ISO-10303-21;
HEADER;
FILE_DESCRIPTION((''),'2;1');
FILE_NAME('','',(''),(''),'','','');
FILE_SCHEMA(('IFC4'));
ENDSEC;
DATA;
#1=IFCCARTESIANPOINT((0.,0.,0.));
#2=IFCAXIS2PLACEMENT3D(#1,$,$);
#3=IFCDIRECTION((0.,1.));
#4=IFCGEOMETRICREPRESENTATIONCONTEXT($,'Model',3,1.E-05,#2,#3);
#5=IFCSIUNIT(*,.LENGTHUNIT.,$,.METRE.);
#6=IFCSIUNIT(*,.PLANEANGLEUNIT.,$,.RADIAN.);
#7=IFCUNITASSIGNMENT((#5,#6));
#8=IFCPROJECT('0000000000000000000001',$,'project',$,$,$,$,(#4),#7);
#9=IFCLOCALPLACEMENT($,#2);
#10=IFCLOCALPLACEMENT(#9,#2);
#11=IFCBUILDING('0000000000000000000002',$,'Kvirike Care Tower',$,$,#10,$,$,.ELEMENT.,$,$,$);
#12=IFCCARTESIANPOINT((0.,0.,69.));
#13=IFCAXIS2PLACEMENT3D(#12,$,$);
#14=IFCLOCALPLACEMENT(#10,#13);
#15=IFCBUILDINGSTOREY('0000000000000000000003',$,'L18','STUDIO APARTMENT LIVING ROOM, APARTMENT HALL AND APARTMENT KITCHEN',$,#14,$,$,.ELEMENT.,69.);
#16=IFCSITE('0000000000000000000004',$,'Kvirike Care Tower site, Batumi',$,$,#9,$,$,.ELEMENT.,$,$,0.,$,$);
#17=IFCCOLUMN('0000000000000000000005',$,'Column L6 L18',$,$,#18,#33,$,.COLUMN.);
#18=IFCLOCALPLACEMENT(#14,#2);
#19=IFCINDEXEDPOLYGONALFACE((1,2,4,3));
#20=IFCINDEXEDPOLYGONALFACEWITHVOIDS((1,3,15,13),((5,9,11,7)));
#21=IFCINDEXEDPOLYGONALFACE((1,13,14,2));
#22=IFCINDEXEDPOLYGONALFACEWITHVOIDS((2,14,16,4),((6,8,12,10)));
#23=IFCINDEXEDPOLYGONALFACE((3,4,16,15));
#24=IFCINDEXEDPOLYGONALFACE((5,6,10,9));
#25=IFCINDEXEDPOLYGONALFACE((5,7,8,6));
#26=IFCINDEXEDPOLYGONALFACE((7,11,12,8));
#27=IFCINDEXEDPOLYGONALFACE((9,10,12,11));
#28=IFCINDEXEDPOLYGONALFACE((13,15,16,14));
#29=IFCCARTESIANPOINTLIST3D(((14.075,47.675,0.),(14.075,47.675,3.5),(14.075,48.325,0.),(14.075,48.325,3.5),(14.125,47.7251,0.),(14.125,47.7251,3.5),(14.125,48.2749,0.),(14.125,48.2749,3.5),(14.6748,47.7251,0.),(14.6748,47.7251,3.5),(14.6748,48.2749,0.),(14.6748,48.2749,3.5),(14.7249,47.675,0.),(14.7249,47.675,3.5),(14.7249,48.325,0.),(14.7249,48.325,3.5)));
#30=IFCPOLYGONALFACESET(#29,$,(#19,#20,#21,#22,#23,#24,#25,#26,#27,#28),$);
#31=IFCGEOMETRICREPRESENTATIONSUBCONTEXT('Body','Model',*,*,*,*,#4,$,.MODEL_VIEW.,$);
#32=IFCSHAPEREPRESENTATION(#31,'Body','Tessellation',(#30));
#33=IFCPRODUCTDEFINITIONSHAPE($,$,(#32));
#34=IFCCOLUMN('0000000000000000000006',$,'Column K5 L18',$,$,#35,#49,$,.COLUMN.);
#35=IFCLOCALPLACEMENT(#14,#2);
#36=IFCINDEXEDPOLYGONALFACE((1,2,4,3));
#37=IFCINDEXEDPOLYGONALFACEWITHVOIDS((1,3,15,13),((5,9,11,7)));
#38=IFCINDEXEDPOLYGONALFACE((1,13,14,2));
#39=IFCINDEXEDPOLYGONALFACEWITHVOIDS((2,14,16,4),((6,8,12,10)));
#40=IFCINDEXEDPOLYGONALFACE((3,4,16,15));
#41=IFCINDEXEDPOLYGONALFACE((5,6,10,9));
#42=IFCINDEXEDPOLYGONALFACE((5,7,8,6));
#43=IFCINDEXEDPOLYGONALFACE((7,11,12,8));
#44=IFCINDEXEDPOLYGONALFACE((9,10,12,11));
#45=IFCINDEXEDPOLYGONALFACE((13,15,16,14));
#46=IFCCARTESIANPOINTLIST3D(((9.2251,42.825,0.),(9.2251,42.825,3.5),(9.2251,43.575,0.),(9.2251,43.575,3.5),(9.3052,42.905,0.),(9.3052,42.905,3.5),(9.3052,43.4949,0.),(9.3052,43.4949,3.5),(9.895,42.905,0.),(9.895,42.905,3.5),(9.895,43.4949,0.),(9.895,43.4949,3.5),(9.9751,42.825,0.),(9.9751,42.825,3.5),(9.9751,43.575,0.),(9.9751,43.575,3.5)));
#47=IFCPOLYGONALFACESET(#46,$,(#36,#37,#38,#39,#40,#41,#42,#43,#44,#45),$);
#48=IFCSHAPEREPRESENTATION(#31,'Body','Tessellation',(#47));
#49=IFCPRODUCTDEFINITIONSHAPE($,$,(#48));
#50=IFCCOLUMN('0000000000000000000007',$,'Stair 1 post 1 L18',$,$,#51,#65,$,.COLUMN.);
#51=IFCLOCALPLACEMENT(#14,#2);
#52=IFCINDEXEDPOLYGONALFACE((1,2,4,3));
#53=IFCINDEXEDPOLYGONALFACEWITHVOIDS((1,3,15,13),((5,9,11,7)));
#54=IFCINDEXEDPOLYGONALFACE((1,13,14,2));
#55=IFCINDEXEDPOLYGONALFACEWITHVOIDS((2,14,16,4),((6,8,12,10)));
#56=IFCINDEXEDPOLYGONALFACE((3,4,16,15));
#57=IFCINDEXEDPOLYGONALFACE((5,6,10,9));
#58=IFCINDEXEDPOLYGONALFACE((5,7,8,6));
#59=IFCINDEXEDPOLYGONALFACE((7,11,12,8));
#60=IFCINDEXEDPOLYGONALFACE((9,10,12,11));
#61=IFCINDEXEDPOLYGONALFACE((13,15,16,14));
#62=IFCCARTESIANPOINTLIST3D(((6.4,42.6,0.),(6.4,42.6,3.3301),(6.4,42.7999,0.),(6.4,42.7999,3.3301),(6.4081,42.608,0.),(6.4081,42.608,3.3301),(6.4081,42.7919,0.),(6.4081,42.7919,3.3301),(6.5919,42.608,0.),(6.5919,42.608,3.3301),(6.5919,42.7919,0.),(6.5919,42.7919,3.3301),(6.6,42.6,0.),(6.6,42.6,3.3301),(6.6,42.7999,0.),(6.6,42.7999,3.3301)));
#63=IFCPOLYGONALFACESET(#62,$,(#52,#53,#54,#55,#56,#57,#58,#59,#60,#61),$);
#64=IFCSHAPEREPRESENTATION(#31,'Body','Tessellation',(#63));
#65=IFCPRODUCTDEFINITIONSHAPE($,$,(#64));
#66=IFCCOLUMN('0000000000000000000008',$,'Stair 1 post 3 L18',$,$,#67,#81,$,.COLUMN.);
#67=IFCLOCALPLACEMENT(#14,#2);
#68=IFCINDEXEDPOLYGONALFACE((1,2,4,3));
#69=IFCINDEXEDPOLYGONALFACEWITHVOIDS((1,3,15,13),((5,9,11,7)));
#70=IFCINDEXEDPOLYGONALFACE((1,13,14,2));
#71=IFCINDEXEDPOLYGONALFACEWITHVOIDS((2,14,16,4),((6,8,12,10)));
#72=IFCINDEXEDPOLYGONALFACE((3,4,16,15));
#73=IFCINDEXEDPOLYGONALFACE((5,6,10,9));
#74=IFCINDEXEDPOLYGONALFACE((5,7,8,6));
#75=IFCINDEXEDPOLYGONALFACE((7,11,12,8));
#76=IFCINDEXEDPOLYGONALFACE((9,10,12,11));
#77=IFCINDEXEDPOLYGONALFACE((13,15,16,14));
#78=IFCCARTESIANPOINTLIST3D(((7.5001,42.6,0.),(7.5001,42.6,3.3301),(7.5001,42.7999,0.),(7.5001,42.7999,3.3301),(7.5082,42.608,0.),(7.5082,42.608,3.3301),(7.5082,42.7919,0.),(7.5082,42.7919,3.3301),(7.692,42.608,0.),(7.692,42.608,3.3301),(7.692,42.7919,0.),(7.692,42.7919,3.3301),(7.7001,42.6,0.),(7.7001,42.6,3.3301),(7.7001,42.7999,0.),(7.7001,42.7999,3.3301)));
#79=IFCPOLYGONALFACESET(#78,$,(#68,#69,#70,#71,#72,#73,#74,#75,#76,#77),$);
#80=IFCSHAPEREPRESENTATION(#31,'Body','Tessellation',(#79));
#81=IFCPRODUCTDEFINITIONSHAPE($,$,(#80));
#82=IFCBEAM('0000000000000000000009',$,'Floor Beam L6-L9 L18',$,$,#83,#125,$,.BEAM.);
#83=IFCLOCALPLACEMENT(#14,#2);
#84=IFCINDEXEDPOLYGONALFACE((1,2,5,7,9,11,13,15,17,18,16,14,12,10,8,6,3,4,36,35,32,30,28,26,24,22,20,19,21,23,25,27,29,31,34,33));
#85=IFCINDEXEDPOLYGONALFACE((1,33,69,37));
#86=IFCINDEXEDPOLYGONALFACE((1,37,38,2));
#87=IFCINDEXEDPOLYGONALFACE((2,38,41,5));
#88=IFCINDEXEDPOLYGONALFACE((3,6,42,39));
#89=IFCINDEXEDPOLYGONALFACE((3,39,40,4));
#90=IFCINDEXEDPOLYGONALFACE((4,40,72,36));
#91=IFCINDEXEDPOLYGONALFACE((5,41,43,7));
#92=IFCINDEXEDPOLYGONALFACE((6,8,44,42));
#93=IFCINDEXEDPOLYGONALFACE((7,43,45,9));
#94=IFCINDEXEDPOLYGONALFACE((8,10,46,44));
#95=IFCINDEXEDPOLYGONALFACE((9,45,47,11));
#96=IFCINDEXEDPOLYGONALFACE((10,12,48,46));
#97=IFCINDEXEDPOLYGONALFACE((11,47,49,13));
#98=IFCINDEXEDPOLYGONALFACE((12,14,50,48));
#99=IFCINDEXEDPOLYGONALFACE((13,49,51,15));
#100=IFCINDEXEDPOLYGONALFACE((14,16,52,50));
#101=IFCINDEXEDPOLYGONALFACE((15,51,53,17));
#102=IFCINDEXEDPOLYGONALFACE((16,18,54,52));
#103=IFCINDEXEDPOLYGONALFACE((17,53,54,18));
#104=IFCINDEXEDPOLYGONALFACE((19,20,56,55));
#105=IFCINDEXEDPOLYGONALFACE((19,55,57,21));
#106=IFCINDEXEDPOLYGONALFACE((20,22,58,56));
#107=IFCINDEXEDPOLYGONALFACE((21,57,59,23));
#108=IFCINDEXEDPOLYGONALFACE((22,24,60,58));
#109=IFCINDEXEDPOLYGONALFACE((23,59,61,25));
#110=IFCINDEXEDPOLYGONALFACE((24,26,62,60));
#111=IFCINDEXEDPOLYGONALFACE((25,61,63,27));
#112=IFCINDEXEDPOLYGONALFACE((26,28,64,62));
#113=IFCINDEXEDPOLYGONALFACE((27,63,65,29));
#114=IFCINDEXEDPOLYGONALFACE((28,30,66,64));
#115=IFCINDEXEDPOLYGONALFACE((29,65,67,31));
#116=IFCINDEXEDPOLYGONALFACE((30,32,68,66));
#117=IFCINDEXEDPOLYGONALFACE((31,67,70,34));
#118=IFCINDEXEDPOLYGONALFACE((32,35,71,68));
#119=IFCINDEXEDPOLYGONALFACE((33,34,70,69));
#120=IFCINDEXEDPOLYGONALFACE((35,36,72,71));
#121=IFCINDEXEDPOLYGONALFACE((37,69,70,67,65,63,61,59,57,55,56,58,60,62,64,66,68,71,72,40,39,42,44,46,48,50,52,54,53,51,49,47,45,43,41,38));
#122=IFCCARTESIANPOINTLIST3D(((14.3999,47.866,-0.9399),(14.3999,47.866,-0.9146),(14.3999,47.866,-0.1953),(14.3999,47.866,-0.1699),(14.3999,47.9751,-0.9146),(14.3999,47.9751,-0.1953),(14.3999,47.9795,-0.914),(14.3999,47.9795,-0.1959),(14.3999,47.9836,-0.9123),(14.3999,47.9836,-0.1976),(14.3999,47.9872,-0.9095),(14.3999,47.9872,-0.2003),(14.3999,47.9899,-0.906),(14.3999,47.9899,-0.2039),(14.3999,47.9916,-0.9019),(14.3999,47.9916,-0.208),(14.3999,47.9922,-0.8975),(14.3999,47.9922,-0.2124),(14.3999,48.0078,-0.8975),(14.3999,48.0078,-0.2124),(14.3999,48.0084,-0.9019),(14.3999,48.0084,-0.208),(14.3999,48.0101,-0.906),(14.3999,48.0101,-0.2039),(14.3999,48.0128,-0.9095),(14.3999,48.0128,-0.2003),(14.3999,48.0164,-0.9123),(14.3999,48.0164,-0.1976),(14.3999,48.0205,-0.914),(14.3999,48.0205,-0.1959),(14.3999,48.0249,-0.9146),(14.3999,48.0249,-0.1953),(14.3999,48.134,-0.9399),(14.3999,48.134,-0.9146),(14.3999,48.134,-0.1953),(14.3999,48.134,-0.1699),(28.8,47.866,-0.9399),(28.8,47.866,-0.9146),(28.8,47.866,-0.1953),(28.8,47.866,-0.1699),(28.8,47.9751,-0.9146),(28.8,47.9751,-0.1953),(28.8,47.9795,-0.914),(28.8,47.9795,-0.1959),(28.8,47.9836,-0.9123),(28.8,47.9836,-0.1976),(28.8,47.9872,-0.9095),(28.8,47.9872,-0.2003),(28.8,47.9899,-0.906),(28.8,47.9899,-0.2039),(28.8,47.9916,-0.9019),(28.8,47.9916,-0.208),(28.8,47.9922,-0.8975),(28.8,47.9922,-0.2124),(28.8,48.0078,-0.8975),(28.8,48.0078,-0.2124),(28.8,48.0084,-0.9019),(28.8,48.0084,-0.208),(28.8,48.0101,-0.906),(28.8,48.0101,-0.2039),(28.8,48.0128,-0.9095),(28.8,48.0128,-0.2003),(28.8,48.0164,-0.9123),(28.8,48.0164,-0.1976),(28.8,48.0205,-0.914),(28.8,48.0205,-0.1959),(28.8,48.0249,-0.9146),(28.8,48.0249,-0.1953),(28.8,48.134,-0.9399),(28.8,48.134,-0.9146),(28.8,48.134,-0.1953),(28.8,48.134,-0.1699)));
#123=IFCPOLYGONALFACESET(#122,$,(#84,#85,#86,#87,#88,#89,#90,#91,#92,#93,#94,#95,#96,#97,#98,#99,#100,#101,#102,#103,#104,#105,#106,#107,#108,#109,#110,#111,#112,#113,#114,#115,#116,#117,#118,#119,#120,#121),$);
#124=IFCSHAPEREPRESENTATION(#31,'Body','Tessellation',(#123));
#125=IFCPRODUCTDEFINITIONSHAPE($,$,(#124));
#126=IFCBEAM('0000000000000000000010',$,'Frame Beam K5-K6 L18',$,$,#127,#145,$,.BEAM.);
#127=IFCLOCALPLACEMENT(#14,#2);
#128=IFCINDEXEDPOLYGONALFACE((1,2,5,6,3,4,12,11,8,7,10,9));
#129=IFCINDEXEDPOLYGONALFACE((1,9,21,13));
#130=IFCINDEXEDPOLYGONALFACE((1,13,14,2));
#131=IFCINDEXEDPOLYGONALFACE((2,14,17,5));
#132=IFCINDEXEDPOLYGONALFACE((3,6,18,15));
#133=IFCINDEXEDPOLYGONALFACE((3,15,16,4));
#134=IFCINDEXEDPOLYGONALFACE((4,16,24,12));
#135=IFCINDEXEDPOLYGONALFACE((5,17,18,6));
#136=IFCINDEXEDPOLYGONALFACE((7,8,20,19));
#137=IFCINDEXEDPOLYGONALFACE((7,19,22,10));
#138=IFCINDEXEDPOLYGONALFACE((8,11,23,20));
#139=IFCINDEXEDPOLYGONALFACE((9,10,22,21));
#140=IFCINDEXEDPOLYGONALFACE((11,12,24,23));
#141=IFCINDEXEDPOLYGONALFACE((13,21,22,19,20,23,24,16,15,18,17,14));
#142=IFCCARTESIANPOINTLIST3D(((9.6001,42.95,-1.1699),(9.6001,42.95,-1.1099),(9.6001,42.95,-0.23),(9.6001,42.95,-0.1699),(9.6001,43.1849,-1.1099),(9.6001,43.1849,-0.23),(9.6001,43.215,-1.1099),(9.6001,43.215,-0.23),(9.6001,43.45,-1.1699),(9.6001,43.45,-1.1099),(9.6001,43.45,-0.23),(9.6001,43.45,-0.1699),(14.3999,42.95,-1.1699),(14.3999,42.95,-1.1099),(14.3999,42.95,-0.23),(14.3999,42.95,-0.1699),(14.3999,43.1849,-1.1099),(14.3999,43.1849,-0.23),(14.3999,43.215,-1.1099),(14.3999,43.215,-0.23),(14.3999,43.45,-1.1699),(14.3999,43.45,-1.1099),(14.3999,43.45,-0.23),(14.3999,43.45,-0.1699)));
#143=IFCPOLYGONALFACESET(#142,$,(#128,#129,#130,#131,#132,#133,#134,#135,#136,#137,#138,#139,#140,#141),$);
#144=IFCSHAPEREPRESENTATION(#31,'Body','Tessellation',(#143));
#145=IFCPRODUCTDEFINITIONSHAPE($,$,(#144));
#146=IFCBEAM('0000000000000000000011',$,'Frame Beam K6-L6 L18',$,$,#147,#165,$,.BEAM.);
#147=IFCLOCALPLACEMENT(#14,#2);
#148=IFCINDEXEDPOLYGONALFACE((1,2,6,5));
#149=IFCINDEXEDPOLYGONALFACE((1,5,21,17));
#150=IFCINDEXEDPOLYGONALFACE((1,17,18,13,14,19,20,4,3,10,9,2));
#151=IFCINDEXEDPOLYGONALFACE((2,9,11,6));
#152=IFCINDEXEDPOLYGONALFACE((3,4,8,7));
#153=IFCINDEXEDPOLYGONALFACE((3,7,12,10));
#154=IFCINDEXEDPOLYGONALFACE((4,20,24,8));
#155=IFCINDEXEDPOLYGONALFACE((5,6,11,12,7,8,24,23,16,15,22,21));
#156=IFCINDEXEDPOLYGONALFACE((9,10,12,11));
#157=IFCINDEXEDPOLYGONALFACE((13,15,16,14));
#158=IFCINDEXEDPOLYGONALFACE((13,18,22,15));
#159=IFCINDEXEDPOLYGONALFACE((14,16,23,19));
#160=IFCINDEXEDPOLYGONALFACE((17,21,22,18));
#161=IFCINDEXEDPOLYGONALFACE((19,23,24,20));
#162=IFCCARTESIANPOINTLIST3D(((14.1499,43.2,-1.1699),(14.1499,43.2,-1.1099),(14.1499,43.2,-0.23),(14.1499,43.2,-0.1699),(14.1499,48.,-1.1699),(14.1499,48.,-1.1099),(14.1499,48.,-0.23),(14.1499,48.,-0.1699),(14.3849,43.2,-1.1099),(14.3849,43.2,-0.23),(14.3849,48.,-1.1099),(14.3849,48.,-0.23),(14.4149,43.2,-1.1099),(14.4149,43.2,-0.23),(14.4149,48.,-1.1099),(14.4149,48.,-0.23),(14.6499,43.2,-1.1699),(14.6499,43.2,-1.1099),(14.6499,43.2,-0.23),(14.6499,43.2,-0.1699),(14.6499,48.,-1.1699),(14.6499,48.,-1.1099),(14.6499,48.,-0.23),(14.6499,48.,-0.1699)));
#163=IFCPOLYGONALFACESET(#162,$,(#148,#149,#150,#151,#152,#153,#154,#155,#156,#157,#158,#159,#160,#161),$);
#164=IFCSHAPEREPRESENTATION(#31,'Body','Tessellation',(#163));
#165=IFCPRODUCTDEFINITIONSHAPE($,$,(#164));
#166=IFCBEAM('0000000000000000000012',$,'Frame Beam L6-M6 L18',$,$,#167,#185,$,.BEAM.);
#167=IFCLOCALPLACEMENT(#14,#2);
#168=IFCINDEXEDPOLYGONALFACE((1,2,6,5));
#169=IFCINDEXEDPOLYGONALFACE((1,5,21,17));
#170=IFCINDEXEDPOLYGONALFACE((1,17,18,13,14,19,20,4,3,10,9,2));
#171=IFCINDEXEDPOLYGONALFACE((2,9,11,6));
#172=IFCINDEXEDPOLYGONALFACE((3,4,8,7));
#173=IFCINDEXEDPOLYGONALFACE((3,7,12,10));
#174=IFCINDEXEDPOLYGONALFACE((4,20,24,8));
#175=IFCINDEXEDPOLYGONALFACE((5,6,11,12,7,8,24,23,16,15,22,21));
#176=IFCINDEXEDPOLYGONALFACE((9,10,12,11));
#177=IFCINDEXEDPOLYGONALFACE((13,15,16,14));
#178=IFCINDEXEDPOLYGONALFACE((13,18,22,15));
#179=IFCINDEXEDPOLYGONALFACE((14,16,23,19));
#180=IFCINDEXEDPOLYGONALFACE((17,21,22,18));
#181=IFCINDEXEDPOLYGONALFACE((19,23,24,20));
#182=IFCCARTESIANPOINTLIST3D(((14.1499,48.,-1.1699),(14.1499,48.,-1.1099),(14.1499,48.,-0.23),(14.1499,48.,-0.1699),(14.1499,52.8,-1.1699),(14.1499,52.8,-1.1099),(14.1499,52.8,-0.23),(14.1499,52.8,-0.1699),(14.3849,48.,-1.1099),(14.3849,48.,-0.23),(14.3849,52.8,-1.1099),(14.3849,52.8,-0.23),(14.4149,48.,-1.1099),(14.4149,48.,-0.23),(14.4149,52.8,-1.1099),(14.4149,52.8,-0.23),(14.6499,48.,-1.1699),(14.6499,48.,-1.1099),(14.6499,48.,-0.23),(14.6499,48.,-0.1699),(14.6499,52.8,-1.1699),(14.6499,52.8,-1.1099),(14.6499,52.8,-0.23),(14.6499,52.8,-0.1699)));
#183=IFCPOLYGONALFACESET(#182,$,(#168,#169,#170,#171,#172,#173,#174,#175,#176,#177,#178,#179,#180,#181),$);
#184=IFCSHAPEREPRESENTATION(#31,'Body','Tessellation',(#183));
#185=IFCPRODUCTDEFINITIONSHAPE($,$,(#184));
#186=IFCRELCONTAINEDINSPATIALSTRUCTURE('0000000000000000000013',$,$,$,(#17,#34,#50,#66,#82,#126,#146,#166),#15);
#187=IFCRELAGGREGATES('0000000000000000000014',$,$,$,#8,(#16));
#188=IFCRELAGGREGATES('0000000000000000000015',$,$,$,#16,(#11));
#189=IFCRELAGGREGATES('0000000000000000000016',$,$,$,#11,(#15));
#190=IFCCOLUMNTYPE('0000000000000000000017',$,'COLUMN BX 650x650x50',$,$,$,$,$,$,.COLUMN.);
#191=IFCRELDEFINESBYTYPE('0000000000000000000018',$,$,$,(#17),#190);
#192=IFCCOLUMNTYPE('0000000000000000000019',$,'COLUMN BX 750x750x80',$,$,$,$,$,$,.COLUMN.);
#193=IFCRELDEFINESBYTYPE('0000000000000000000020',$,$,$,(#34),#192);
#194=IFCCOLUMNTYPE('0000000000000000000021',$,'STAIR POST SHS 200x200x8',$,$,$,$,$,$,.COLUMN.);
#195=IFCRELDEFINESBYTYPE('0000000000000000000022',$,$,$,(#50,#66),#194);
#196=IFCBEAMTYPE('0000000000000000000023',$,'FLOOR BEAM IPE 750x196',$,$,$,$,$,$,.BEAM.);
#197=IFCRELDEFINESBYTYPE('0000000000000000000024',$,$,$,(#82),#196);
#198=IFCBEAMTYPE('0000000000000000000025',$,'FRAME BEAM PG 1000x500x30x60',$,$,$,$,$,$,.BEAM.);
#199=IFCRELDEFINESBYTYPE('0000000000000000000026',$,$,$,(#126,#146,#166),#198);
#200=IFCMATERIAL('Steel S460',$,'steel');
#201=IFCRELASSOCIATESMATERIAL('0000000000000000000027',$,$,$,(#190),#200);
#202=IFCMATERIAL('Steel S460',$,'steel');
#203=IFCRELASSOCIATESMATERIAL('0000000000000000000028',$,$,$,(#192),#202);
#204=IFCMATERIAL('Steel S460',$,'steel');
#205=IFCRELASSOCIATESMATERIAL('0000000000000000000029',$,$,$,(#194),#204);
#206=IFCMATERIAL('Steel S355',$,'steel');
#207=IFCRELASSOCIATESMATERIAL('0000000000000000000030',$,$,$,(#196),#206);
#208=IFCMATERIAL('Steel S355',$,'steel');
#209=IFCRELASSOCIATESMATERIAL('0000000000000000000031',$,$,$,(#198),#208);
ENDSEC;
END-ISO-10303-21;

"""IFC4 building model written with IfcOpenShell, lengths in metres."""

from ifc_helpers import new_model, si_unit, direction, frame, origin, origin_2d, place, context, subcontext, project, spatial, hollow_rectangle, i_section, extrude, material, material_profile, profile_set, type_object, element, save


model = new_model("IFC4")

# Units and contexts
model_context = context("Model", 3, precision=1e-05, world=origin(), true_north=direction((0.0, 1.0)))
body_context = subcontext(model_context, "Body", "Model", "MODEL_VIEW")
ifc_project = project(units=[si_unit("LENGTHUNIT", "METRE"), si_unit("PLANEANGLEUNIT", "RADIAN")], contexts=[model_context])

# Site, building, storey
site_placement = place(None, origin())
site = spatial("IfcSite", under=ifc_project, at=site_placement, Name="Kvirike Care Tower site, Batumi", CompositionType="ELEMENT", RefElevation=0.0)
building_placement = place(site_placement, origin())
building = spatial("IfcBuilding", under=site, at=building_placement, Name="Kvirike Care Tower", CompositionType="ELEMENT")
storey_placement = place(building_placement, frame((0.0, 0.0, 69.0)))
storey = spatial("IfcBuildingStorey", under=building, at=storey_placement, Name="L18", Description="STUDIO APARTMENT LIVING ROOM, APARTMENT HALL AND APARTMENT KITCHEN", CompositionType="ELEMENT", Elevation=69.0)

# Columns
ifc_material_1 = material(Name="Steel S460", Category="steel")
ifc_material_profile_1 = material_profile(ifc_material_1, hollow_rectangle(XDim=0.6499, YDim=0.6499, WallThickness=0.05, at=origin_2d()), Name="BX 650x650x50")
ifc_profile_set_1 = profile_set([ifc_material_profile_1], Name="Steel S460")
column_type_1 = type_object("IfcColumnType", Name="COLUMN BX 650x650x50", PredefinedType="COLUMN", material=ifc_profile_set_1)
column_1_placement = place(storey_placement, frame((14.3999, 48.0, 0.0), z_axis=(0.0, 0.0, 1.0), x_axis=(1.0, 0.0, 0.0)))
element("IfcColumn", 1, at=column_1_placement, inside=storey, type_object=column_type_1, Name="Column L6 L18", PredefinedType="COLUMN", context=body_context, shape_type="SweptSolid", body=[
    extrude(hollow_rectangle(XDim=0.6499, YDim=0.6499, WallThickness=0.05, at=origin_2d()), origin(), (0.0, 0.0, 1.0), 3.5),
])
ifc_material_2 = material(Name="Steel S460", Category="steel")
ifc_material_profile_2 = material_profile(ifc_material_2, hollow_rectangle(XDim=0.75, YDim=0.75, WallThickness=0.0801, at=origin_2d()), Name="BX 750x750x80")
ifc_profile_set_2 = profile_set([ifc_material_profile_2], Name="Steel S460")
column_type_2 = type_object("IfcColumnType", Name="COLUMN BX 750x750x80", PredefinedType="COLUMN", material=ifc_profile_set_2)
column_2_placement = place(storey_placement, frame((9.6001, 43.2, 0.0), z_axis=(0.0, 0.0, 1.0), x_axis=(0.0, 1.0, 0.0)))
element("IfcColumn", 2, at=column_2_placement, inside=storey, type_object=column_type_2, Name="Column K5 L18", PredefinedType="COLUMN", context=body_context, shape_type="SweptSolid", body=[
    extrude(hollow_rectangle(XDim=0.75, YDim=0.75, WallThickness=0.0801, at=origin_2d()), origin(), (0.0, 0.0, 1.0), 3.5),
])
ifc_material_3 = material(Name="Steel S460", Category="steel")
ifc_material_profile_3 = material_profile(ifc_material_3, hollow_rectangle(XDim=0.2, YDim=0.2, WallThickness=0.0081, at=origin_2d()), Name="SHS 200x200x8")
ifc_profile_set_3 = profile_set([ifc_material_profile_3], Name="Steel S460")
column_type_3 = type_object("IfcColumnType", Name="STAIR POST SHS 200x200x8", PredefinedType="COLUMN", material=ifc_profile_set_3)
for number, where, z_axis, x_axis, name in (
    (3, (6.5, 42.7, 0.0), (0.0, 0.0, 1.0), (1.0, 0.0, 0.0), "Stair 1 post 1 L18"),
    (4, (7.6001, 42.7, 0.0), (0.0, 0.0, 1.0), (1.0, 0.0, 0.0), "Stair 1 post 3 L18"),
):
    element("IfcColumn", number, at=place(storey_placement, frame(where, z_axis=z_axis, x_axis=x_axis)), inside=storey, type_object=column_type_3, Name=name, PredefinedType="COLUMN", context=body_context, shape_type="SweptSolid", body=[
        extrude(hollow_rectangle(XDim=0.2, YDim=0.2, WallThickness=0.0081, at=origin_2d()), origin(), (0.0, 0.0, 1.0), 3.3301),
    ])

# Beams
ifc_material_4 = material(Name="Steel S355", Category="steel")
ifc_material_profile_4 = material_profile(ifc_material_4, i_section(OverallWidth=0.2681, OverallDepth=0.77, WebThickness=0.0156, FlangeThickness=0.0254, FilletRadius=0.0171, at=origin_2d()), Name="IPE 750x196")
ifc_profile_set_4 = profile_set([ifc_material_profile_4], Name="Steel S355")
beam_type_1 = type_object("IfcBeamType", Name="FLOOR BEAM IPE 750x196", PredefinedType="BEAM", material=ifc_profile_set_4)
beam_1_placement = place(storey_placement, frame((14.3999, 48.0, -0.5549), z_axis=(1.0, 0.0, 0.0), x_axis=(0.0, 1.0, 0.0)))
element("IfcBeam", 5, at=beam_1_placement, inside=storey, type_object=beam_type_1, Name="Floor Beam L6-L9 L18", PredefinedType="BEAM", context=body_context, shape_type="SweptSolid", body=[
    extrude(i_section(OverallWidth=0.2681, OverallDepth=0.77, WebThickness=0.0156, FlangeThickness=0.0254, FilletRadius=0.0171, at=origin_2d()), origin(), (0.0, 0.0, 1.0), 14.4001),
])
ifc_material_5 = material(Name="Steel S355", Category="steel")
ifc_material_profile_5 = material_profile(ifc_material_5, i_section(OverallWidth=0.5, OverallDepth=1.0, WebThickness=0.03, FlangeThickness=0.0601, at=origin_2d()), Name="PG 1000x500x30x60")
ifc_profile_set_5 = profile_set([ifc_material_profile_5], Name="Steel S355")
beam_type_2 = type_object("IfcBeamType", Name="FRAME BEAM PG 1000x500x30x60", PredefinedType="BEAM", material=ifc_profile_set_5)
beam_2_placement = place(storey_placement, frame((9.6001, 43.2, -0.6699), z_axis=(1.0, 0.0, 0.0), x_axis=(0.0, 1.0, 0.0)))
element("IfcBeam", 6, at=beam_2_placement, inside=storey, type_object=beam_type_2, Name="Frame Beam K5-K6 L18", PredefinedType="BEAM", context=body_context, shape_type="SweptSolid", body=[
    extrude(i_section(OverallWidth=0.5, OverallDepth=1.0, WebThickness=0.03, FlangeThickness=0.0601, at=origin_2d()), origin(), (0.0, 0.0, 1.0), 4.7998),
])
for number, where, z_axis, x_axis, name in (
    (7, (14.3999, 43.2, -0.6699), (0.0, 1.0, 0.0), (-1.0, 0.0, 0.0), "Frame Beam K6-L6 L18"),
    (8, (14.3999, 48.0, -0.6699), (0.0, 1.0, 0.0), (-1.0, 0.0, 0.0), "Frame Beam L6-M6 L18"),
):
    element("IfcBeam", number, at=place(storey_placement, frame(where, z_axis=z_axis, x_axis=x_axis)), inside=storey, type_object=beam_type_2, Name=name, PredefinedType="BEAM", context=body_context, shape_type="SweptSolid", body=[
        extrude(i_section(OverallWidth=0.5, OverallDepth=1.0, WebThickness=0.03, FlangeThickness=0.0601, at=origin_2d()), origin(), (0.0, 0.0, 1.0), 4.8),
    ])

save(model, "model.ifc")
